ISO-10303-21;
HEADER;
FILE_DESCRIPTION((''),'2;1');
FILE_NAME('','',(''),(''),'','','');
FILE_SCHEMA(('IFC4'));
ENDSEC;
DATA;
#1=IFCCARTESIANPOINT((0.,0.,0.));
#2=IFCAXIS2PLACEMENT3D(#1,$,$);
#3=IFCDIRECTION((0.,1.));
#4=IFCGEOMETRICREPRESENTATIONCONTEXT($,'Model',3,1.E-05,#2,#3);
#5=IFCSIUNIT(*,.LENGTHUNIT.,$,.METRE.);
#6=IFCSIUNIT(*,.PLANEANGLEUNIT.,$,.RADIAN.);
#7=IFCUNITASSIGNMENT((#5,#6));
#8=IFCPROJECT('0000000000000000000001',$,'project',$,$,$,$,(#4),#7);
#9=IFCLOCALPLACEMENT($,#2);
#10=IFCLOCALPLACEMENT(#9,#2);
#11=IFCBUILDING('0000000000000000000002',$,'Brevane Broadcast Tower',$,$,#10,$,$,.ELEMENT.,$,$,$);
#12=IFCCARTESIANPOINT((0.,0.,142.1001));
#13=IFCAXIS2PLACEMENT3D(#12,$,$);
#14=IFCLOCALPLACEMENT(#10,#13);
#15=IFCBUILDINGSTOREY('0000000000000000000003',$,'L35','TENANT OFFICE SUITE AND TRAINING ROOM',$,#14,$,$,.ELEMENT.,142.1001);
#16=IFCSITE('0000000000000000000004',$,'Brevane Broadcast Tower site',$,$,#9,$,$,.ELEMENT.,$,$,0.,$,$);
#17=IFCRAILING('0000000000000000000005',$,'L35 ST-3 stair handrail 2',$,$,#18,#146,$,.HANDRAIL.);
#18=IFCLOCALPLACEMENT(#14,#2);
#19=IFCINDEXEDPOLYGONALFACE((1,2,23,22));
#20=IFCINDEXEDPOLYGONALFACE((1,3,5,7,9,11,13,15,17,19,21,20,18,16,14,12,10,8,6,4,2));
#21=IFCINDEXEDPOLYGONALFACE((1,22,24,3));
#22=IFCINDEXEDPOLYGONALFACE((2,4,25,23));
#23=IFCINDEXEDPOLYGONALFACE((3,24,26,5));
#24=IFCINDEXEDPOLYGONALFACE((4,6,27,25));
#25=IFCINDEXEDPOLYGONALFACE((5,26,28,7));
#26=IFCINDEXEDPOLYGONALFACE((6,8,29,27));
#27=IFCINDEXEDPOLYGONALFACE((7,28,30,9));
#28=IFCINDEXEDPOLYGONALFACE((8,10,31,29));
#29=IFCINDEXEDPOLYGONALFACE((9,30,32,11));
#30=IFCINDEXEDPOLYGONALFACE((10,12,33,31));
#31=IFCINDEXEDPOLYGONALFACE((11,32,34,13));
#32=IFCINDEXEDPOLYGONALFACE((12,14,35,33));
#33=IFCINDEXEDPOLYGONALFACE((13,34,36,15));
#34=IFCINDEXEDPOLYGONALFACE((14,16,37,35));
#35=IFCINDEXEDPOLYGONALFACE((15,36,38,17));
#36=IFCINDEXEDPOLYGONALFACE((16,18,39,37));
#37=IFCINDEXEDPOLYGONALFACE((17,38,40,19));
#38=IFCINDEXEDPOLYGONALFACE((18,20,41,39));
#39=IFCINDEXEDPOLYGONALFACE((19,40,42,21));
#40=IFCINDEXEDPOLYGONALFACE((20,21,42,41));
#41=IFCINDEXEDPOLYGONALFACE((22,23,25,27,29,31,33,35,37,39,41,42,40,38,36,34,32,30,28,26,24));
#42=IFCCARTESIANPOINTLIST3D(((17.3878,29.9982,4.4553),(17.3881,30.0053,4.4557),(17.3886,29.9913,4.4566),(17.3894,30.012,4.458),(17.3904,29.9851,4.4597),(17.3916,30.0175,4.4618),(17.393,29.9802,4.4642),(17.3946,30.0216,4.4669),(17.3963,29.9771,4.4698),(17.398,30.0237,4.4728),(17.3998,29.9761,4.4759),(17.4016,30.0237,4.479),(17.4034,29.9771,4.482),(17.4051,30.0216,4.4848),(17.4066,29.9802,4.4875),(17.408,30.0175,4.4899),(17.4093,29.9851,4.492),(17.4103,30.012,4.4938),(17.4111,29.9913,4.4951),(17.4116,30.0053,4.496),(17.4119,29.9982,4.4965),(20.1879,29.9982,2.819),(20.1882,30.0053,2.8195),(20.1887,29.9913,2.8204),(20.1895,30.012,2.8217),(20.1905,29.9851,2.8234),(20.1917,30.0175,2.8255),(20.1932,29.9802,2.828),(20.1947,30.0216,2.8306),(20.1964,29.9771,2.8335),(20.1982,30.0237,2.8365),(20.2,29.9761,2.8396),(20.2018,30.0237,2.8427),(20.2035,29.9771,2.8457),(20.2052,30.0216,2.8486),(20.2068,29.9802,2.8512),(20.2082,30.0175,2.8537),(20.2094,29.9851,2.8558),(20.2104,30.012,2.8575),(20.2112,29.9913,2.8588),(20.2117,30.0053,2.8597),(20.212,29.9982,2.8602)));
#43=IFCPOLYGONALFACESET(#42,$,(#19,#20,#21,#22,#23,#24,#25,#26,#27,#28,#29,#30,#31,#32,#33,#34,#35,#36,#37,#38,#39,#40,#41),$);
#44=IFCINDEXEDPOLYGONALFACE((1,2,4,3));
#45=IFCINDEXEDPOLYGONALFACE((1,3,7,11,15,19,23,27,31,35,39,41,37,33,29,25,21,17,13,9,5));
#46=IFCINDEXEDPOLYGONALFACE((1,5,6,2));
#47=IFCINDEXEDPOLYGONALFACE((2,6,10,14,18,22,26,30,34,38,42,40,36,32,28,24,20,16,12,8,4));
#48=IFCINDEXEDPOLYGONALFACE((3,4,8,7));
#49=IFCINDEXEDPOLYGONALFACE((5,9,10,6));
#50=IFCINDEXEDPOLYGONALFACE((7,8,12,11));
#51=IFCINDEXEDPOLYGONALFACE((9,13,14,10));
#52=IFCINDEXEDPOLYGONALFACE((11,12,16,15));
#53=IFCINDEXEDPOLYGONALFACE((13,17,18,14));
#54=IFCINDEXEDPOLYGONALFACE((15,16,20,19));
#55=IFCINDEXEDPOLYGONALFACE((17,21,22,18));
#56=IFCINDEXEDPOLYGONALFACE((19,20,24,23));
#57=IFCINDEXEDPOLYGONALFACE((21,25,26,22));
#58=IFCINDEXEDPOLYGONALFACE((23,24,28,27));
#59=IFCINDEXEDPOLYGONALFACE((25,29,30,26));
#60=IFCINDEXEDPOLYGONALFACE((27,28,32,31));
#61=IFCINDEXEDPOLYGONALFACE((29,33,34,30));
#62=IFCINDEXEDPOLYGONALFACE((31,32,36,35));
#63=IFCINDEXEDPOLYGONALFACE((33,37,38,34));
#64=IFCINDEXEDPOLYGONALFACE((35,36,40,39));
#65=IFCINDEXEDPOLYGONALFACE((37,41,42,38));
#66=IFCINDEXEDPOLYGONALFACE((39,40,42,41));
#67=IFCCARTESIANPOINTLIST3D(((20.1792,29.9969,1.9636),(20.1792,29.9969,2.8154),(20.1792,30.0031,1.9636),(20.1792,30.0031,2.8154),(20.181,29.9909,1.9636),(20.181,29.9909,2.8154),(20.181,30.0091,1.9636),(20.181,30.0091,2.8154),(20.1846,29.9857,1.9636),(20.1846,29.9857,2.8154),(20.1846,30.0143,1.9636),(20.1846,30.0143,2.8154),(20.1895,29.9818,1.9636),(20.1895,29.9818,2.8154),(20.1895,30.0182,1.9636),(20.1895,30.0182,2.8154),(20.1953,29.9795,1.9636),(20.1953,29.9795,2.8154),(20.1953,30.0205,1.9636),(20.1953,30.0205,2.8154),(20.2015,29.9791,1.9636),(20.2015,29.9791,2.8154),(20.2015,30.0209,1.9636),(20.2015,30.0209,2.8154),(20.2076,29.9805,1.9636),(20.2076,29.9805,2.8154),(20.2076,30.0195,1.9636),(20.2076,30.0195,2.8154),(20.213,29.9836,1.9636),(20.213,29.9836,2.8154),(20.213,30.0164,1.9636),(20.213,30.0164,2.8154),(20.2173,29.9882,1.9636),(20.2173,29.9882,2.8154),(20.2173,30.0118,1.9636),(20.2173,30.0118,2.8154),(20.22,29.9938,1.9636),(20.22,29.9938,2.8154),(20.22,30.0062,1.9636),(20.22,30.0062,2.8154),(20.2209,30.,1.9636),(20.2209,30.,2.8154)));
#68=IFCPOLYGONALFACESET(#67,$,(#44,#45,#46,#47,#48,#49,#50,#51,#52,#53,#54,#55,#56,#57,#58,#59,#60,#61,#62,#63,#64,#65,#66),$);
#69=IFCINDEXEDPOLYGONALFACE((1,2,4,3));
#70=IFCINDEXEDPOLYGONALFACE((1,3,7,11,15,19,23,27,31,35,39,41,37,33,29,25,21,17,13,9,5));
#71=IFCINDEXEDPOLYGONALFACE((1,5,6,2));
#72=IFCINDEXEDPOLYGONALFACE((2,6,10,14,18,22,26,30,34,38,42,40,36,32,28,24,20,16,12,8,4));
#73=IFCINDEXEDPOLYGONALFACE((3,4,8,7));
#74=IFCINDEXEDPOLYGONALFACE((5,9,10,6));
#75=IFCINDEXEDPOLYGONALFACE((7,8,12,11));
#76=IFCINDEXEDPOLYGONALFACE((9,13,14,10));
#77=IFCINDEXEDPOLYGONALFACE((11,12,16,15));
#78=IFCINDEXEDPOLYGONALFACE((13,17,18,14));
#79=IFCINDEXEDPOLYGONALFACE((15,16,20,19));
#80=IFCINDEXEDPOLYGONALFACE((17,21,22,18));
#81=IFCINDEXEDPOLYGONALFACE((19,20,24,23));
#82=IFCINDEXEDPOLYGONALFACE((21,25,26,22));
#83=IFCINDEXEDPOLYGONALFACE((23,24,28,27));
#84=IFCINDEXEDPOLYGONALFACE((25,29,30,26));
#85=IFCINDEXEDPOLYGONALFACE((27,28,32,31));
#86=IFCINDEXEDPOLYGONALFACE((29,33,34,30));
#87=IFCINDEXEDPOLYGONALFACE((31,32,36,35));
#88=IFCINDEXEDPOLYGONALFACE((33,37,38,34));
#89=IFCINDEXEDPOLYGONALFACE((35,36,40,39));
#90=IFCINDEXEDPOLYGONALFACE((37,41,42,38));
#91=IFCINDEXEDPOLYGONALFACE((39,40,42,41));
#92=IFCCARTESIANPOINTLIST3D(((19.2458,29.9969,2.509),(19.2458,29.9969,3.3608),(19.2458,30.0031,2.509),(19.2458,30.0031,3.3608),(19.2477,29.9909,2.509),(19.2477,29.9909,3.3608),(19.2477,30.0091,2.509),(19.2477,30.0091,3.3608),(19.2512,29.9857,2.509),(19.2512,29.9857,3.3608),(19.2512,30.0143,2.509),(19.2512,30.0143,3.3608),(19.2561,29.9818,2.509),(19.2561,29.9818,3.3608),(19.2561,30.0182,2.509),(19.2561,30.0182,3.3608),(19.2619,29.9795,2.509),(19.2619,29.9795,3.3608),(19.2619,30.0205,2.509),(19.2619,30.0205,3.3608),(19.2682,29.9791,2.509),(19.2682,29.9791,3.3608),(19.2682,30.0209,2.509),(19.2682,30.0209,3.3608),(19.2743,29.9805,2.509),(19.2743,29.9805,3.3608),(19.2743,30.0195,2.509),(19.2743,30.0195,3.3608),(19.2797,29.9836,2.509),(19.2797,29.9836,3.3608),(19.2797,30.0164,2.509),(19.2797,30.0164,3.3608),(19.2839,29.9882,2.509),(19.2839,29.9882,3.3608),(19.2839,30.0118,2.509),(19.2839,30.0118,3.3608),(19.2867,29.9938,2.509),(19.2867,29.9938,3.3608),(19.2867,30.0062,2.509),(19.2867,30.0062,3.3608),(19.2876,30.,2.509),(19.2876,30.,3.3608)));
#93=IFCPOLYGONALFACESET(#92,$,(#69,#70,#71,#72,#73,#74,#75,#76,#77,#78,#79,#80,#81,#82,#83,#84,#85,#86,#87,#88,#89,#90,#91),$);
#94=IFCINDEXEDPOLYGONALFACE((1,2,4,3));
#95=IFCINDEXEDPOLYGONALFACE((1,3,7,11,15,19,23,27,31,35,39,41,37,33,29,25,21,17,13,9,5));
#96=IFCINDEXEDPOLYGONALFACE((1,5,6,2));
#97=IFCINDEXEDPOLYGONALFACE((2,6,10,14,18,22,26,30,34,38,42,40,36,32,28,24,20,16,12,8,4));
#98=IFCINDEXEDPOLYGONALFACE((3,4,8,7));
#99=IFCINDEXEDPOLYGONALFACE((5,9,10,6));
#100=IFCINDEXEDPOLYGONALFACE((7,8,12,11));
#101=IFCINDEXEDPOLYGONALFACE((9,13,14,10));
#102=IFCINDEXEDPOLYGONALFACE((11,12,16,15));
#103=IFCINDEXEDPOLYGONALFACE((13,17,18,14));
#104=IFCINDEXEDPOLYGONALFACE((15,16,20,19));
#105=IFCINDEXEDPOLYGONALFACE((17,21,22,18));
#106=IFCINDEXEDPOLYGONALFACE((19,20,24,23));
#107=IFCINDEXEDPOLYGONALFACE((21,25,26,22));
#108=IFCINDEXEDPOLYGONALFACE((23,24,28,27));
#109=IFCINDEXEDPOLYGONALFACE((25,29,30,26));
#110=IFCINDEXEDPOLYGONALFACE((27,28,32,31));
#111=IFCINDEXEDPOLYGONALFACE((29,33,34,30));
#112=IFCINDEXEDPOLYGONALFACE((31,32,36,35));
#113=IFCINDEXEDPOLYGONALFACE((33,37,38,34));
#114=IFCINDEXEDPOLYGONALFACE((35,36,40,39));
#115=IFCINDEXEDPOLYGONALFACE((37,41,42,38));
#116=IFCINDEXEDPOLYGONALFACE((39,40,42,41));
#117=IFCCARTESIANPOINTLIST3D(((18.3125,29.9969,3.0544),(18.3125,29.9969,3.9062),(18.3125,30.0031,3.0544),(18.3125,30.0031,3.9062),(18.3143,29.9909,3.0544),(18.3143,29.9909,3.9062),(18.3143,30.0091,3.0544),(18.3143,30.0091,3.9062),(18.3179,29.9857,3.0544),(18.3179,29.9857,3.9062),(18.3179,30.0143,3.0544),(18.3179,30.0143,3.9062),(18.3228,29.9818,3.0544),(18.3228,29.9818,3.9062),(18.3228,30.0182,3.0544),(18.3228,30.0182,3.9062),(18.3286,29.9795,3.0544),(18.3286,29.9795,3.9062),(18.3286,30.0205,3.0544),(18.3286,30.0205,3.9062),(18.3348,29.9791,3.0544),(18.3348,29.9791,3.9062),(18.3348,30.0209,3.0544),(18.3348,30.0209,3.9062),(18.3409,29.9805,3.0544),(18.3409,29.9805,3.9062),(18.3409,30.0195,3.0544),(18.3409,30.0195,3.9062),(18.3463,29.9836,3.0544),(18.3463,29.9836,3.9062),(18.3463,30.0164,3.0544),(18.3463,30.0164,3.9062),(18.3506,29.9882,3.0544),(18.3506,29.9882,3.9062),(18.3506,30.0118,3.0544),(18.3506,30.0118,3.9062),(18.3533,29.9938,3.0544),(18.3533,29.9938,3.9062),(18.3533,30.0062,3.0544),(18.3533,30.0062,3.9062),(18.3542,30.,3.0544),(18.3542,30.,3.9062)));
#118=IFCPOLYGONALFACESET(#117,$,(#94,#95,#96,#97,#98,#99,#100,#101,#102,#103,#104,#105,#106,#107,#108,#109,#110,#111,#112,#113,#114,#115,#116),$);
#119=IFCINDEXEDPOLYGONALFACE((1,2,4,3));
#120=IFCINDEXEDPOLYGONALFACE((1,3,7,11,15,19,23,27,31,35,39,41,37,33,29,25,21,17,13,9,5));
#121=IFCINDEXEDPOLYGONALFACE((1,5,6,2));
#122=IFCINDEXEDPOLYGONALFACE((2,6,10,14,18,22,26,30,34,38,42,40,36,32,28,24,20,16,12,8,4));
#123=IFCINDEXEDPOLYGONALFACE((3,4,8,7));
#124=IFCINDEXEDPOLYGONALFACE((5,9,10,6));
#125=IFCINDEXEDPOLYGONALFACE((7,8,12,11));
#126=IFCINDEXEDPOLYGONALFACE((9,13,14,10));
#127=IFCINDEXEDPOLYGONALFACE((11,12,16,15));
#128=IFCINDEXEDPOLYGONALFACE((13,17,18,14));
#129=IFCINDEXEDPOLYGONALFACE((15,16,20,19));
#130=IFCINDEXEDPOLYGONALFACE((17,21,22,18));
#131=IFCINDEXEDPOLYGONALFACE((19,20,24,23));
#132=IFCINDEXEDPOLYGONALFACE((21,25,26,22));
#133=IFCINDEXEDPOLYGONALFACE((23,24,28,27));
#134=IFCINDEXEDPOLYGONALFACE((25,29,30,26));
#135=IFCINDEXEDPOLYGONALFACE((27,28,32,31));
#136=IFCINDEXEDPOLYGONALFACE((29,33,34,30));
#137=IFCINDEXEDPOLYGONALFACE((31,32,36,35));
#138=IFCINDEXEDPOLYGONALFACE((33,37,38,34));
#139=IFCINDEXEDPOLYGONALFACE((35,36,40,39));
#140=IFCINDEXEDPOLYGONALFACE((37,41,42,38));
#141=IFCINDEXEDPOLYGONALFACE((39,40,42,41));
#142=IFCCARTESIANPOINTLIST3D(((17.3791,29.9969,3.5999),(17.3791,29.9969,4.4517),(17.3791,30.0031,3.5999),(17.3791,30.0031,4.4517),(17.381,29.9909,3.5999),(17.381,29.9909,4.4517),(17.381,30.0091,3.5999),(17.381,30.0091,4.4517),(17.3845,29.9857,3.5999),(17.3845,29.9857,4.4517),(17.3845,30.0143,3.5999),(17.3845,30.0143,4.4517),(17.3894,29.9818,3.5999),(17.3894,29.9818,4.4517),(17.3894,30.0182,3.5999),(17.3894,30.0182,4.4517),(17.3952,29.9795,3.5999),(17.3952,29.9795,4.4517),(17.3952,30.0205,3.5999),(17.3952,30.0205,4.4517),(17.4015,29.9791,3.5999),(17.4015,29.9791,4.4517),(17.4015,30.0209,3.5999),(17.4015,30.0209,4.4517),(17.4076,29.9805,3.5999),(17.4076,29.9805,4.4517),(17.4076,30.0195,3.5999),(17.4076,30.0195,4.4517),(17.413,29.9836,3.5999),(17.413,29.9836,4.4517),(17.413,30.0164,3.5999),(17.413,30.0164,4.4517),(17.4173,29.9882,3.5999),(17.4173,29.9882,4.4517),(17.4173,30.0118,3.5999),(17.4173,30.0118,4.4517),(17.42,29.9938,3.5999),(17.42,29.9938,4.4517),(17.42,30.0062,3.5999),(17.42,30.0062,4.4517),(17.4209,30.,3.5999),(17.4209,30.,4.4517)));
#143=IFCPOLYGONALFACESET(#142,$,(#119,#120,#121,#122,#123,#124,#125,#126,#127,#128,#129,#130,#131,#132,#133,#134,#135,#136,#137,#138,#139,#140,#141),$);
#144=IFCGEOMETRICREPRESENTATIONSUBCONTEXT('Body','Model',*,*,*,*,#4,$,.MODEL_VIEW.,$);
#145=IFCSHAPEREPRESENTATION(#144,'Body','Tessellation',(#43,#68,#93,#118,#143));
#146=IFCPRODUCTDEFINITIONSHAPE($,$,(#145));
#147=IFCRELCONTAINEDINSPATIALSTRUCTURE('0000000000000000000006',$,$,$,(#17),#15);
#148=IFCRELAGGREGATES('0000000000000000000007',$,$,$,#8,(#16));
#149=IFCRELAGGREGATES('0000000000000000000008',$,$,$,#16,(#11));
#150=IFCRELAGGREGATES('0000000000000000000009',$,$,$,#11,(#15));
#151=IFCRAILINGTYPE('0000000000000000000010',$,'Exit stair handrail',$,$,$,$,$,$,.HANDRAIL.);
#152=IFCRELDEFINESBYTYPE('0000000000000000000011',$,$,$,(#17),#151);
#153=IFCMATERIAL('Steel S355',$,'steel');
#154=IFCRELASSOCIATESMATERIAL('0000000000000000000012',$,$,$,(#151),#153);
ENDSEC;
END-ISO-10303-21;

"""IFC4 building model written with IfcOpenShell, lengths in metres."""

from ifc_helpers import new_model, si_unit, direction, frame, origin, origin_2d, place, context, subcontext, project, spatial, circle, extrude, material, type_object, element, save


model = new_model("IFC4")

# Units and contexts
model_context = context("Model", 3, precision=1e-05, world=origin(), true_north=direction((0.0, 1.0)))
body_context = subcontext(model_context, "Body", "Model", "MODEL_VIEW")
ifc_project = project(units=[si_unit("LENGTHUNIT", "METRE"), si_unit("PLANEANGLEUNIT", "RADIAN")], contexts=[model_context])

# Site, building, storey
site_placement = place(None, origin())
site = spatial("IfcSite", under=ifc_project, at=site_placement, Name="Brevane Broadcast Tower site", CompositionType="ELEMENT", RefElevation=0.0)
building_placement = place(site_placement, origin())
building = spatial("IfcBuilding", under=site, at=building_placement, Name="Brevane Broadcast Tower", CompositionType="ELEMENT")
storey_placement = place(building_placement, frame((0.0, 0.0, 142.1001)))
storey = spatial("IfcBuildingStorey", under=building, at=storey_placement, Name="L35", Description="TENANT OFFICE SUITE AND TRAINING ROOM", CompositionType="ELEMENT", Elevation=142.1001)

# Railing
ifc_material_1 = material(Name="Steel S355", Category="steel")
railing_type_1 = type_object("IfcRailingType", Name="Exit stair handrail", PredefinedType="HANDRAIL", material=ifc_material_1)
railing_1_placement = place(storey_placement, frame((20.2, 30.0, 1.9636)))
element("IfcRailing", 1, at=railing_1_placement, inside=storey, type_object=railing_type_1, Name="L35 ST-3 stair handrail 2", PredefinedType="HANDRAIL", context=body_context, shape_type="SweptSolid", body=[
    extrude(circle(Radius=0.0239, at=origin_2d()), frame((0.0, 0.0, 0.876), z_axis=(-0.863394, 0.0, 0.504531), x_axis=(0.0, -1.0, 0.0)), (0.0, 0.0, 1.0), 3.2432),
    extrude(circle(Radius=0.021, at=origin_2d()), origin(), (0.0, 0.0, 1.0), 0.8518),
    extrude(circle(Radius=0.021, at=origin_2d()), frame((-0.9333, 0.0, 0.5454)), (0.0, 0.0, 1.0), 0.8518),
    extrude(circle(Radius=0.021, at=origin_2d()), frame((-1.8667, 0.0, 1.0908)), (0.0, 0.0, 1.0), 0.8518),
    extrude(circle(Radius=0.021, at=origin_2d()), frame((-2.8, 0.0, 1.6362)), (0.0, 0.0, 1.0), 0.8518),
])

save(model, "model.ifc")
